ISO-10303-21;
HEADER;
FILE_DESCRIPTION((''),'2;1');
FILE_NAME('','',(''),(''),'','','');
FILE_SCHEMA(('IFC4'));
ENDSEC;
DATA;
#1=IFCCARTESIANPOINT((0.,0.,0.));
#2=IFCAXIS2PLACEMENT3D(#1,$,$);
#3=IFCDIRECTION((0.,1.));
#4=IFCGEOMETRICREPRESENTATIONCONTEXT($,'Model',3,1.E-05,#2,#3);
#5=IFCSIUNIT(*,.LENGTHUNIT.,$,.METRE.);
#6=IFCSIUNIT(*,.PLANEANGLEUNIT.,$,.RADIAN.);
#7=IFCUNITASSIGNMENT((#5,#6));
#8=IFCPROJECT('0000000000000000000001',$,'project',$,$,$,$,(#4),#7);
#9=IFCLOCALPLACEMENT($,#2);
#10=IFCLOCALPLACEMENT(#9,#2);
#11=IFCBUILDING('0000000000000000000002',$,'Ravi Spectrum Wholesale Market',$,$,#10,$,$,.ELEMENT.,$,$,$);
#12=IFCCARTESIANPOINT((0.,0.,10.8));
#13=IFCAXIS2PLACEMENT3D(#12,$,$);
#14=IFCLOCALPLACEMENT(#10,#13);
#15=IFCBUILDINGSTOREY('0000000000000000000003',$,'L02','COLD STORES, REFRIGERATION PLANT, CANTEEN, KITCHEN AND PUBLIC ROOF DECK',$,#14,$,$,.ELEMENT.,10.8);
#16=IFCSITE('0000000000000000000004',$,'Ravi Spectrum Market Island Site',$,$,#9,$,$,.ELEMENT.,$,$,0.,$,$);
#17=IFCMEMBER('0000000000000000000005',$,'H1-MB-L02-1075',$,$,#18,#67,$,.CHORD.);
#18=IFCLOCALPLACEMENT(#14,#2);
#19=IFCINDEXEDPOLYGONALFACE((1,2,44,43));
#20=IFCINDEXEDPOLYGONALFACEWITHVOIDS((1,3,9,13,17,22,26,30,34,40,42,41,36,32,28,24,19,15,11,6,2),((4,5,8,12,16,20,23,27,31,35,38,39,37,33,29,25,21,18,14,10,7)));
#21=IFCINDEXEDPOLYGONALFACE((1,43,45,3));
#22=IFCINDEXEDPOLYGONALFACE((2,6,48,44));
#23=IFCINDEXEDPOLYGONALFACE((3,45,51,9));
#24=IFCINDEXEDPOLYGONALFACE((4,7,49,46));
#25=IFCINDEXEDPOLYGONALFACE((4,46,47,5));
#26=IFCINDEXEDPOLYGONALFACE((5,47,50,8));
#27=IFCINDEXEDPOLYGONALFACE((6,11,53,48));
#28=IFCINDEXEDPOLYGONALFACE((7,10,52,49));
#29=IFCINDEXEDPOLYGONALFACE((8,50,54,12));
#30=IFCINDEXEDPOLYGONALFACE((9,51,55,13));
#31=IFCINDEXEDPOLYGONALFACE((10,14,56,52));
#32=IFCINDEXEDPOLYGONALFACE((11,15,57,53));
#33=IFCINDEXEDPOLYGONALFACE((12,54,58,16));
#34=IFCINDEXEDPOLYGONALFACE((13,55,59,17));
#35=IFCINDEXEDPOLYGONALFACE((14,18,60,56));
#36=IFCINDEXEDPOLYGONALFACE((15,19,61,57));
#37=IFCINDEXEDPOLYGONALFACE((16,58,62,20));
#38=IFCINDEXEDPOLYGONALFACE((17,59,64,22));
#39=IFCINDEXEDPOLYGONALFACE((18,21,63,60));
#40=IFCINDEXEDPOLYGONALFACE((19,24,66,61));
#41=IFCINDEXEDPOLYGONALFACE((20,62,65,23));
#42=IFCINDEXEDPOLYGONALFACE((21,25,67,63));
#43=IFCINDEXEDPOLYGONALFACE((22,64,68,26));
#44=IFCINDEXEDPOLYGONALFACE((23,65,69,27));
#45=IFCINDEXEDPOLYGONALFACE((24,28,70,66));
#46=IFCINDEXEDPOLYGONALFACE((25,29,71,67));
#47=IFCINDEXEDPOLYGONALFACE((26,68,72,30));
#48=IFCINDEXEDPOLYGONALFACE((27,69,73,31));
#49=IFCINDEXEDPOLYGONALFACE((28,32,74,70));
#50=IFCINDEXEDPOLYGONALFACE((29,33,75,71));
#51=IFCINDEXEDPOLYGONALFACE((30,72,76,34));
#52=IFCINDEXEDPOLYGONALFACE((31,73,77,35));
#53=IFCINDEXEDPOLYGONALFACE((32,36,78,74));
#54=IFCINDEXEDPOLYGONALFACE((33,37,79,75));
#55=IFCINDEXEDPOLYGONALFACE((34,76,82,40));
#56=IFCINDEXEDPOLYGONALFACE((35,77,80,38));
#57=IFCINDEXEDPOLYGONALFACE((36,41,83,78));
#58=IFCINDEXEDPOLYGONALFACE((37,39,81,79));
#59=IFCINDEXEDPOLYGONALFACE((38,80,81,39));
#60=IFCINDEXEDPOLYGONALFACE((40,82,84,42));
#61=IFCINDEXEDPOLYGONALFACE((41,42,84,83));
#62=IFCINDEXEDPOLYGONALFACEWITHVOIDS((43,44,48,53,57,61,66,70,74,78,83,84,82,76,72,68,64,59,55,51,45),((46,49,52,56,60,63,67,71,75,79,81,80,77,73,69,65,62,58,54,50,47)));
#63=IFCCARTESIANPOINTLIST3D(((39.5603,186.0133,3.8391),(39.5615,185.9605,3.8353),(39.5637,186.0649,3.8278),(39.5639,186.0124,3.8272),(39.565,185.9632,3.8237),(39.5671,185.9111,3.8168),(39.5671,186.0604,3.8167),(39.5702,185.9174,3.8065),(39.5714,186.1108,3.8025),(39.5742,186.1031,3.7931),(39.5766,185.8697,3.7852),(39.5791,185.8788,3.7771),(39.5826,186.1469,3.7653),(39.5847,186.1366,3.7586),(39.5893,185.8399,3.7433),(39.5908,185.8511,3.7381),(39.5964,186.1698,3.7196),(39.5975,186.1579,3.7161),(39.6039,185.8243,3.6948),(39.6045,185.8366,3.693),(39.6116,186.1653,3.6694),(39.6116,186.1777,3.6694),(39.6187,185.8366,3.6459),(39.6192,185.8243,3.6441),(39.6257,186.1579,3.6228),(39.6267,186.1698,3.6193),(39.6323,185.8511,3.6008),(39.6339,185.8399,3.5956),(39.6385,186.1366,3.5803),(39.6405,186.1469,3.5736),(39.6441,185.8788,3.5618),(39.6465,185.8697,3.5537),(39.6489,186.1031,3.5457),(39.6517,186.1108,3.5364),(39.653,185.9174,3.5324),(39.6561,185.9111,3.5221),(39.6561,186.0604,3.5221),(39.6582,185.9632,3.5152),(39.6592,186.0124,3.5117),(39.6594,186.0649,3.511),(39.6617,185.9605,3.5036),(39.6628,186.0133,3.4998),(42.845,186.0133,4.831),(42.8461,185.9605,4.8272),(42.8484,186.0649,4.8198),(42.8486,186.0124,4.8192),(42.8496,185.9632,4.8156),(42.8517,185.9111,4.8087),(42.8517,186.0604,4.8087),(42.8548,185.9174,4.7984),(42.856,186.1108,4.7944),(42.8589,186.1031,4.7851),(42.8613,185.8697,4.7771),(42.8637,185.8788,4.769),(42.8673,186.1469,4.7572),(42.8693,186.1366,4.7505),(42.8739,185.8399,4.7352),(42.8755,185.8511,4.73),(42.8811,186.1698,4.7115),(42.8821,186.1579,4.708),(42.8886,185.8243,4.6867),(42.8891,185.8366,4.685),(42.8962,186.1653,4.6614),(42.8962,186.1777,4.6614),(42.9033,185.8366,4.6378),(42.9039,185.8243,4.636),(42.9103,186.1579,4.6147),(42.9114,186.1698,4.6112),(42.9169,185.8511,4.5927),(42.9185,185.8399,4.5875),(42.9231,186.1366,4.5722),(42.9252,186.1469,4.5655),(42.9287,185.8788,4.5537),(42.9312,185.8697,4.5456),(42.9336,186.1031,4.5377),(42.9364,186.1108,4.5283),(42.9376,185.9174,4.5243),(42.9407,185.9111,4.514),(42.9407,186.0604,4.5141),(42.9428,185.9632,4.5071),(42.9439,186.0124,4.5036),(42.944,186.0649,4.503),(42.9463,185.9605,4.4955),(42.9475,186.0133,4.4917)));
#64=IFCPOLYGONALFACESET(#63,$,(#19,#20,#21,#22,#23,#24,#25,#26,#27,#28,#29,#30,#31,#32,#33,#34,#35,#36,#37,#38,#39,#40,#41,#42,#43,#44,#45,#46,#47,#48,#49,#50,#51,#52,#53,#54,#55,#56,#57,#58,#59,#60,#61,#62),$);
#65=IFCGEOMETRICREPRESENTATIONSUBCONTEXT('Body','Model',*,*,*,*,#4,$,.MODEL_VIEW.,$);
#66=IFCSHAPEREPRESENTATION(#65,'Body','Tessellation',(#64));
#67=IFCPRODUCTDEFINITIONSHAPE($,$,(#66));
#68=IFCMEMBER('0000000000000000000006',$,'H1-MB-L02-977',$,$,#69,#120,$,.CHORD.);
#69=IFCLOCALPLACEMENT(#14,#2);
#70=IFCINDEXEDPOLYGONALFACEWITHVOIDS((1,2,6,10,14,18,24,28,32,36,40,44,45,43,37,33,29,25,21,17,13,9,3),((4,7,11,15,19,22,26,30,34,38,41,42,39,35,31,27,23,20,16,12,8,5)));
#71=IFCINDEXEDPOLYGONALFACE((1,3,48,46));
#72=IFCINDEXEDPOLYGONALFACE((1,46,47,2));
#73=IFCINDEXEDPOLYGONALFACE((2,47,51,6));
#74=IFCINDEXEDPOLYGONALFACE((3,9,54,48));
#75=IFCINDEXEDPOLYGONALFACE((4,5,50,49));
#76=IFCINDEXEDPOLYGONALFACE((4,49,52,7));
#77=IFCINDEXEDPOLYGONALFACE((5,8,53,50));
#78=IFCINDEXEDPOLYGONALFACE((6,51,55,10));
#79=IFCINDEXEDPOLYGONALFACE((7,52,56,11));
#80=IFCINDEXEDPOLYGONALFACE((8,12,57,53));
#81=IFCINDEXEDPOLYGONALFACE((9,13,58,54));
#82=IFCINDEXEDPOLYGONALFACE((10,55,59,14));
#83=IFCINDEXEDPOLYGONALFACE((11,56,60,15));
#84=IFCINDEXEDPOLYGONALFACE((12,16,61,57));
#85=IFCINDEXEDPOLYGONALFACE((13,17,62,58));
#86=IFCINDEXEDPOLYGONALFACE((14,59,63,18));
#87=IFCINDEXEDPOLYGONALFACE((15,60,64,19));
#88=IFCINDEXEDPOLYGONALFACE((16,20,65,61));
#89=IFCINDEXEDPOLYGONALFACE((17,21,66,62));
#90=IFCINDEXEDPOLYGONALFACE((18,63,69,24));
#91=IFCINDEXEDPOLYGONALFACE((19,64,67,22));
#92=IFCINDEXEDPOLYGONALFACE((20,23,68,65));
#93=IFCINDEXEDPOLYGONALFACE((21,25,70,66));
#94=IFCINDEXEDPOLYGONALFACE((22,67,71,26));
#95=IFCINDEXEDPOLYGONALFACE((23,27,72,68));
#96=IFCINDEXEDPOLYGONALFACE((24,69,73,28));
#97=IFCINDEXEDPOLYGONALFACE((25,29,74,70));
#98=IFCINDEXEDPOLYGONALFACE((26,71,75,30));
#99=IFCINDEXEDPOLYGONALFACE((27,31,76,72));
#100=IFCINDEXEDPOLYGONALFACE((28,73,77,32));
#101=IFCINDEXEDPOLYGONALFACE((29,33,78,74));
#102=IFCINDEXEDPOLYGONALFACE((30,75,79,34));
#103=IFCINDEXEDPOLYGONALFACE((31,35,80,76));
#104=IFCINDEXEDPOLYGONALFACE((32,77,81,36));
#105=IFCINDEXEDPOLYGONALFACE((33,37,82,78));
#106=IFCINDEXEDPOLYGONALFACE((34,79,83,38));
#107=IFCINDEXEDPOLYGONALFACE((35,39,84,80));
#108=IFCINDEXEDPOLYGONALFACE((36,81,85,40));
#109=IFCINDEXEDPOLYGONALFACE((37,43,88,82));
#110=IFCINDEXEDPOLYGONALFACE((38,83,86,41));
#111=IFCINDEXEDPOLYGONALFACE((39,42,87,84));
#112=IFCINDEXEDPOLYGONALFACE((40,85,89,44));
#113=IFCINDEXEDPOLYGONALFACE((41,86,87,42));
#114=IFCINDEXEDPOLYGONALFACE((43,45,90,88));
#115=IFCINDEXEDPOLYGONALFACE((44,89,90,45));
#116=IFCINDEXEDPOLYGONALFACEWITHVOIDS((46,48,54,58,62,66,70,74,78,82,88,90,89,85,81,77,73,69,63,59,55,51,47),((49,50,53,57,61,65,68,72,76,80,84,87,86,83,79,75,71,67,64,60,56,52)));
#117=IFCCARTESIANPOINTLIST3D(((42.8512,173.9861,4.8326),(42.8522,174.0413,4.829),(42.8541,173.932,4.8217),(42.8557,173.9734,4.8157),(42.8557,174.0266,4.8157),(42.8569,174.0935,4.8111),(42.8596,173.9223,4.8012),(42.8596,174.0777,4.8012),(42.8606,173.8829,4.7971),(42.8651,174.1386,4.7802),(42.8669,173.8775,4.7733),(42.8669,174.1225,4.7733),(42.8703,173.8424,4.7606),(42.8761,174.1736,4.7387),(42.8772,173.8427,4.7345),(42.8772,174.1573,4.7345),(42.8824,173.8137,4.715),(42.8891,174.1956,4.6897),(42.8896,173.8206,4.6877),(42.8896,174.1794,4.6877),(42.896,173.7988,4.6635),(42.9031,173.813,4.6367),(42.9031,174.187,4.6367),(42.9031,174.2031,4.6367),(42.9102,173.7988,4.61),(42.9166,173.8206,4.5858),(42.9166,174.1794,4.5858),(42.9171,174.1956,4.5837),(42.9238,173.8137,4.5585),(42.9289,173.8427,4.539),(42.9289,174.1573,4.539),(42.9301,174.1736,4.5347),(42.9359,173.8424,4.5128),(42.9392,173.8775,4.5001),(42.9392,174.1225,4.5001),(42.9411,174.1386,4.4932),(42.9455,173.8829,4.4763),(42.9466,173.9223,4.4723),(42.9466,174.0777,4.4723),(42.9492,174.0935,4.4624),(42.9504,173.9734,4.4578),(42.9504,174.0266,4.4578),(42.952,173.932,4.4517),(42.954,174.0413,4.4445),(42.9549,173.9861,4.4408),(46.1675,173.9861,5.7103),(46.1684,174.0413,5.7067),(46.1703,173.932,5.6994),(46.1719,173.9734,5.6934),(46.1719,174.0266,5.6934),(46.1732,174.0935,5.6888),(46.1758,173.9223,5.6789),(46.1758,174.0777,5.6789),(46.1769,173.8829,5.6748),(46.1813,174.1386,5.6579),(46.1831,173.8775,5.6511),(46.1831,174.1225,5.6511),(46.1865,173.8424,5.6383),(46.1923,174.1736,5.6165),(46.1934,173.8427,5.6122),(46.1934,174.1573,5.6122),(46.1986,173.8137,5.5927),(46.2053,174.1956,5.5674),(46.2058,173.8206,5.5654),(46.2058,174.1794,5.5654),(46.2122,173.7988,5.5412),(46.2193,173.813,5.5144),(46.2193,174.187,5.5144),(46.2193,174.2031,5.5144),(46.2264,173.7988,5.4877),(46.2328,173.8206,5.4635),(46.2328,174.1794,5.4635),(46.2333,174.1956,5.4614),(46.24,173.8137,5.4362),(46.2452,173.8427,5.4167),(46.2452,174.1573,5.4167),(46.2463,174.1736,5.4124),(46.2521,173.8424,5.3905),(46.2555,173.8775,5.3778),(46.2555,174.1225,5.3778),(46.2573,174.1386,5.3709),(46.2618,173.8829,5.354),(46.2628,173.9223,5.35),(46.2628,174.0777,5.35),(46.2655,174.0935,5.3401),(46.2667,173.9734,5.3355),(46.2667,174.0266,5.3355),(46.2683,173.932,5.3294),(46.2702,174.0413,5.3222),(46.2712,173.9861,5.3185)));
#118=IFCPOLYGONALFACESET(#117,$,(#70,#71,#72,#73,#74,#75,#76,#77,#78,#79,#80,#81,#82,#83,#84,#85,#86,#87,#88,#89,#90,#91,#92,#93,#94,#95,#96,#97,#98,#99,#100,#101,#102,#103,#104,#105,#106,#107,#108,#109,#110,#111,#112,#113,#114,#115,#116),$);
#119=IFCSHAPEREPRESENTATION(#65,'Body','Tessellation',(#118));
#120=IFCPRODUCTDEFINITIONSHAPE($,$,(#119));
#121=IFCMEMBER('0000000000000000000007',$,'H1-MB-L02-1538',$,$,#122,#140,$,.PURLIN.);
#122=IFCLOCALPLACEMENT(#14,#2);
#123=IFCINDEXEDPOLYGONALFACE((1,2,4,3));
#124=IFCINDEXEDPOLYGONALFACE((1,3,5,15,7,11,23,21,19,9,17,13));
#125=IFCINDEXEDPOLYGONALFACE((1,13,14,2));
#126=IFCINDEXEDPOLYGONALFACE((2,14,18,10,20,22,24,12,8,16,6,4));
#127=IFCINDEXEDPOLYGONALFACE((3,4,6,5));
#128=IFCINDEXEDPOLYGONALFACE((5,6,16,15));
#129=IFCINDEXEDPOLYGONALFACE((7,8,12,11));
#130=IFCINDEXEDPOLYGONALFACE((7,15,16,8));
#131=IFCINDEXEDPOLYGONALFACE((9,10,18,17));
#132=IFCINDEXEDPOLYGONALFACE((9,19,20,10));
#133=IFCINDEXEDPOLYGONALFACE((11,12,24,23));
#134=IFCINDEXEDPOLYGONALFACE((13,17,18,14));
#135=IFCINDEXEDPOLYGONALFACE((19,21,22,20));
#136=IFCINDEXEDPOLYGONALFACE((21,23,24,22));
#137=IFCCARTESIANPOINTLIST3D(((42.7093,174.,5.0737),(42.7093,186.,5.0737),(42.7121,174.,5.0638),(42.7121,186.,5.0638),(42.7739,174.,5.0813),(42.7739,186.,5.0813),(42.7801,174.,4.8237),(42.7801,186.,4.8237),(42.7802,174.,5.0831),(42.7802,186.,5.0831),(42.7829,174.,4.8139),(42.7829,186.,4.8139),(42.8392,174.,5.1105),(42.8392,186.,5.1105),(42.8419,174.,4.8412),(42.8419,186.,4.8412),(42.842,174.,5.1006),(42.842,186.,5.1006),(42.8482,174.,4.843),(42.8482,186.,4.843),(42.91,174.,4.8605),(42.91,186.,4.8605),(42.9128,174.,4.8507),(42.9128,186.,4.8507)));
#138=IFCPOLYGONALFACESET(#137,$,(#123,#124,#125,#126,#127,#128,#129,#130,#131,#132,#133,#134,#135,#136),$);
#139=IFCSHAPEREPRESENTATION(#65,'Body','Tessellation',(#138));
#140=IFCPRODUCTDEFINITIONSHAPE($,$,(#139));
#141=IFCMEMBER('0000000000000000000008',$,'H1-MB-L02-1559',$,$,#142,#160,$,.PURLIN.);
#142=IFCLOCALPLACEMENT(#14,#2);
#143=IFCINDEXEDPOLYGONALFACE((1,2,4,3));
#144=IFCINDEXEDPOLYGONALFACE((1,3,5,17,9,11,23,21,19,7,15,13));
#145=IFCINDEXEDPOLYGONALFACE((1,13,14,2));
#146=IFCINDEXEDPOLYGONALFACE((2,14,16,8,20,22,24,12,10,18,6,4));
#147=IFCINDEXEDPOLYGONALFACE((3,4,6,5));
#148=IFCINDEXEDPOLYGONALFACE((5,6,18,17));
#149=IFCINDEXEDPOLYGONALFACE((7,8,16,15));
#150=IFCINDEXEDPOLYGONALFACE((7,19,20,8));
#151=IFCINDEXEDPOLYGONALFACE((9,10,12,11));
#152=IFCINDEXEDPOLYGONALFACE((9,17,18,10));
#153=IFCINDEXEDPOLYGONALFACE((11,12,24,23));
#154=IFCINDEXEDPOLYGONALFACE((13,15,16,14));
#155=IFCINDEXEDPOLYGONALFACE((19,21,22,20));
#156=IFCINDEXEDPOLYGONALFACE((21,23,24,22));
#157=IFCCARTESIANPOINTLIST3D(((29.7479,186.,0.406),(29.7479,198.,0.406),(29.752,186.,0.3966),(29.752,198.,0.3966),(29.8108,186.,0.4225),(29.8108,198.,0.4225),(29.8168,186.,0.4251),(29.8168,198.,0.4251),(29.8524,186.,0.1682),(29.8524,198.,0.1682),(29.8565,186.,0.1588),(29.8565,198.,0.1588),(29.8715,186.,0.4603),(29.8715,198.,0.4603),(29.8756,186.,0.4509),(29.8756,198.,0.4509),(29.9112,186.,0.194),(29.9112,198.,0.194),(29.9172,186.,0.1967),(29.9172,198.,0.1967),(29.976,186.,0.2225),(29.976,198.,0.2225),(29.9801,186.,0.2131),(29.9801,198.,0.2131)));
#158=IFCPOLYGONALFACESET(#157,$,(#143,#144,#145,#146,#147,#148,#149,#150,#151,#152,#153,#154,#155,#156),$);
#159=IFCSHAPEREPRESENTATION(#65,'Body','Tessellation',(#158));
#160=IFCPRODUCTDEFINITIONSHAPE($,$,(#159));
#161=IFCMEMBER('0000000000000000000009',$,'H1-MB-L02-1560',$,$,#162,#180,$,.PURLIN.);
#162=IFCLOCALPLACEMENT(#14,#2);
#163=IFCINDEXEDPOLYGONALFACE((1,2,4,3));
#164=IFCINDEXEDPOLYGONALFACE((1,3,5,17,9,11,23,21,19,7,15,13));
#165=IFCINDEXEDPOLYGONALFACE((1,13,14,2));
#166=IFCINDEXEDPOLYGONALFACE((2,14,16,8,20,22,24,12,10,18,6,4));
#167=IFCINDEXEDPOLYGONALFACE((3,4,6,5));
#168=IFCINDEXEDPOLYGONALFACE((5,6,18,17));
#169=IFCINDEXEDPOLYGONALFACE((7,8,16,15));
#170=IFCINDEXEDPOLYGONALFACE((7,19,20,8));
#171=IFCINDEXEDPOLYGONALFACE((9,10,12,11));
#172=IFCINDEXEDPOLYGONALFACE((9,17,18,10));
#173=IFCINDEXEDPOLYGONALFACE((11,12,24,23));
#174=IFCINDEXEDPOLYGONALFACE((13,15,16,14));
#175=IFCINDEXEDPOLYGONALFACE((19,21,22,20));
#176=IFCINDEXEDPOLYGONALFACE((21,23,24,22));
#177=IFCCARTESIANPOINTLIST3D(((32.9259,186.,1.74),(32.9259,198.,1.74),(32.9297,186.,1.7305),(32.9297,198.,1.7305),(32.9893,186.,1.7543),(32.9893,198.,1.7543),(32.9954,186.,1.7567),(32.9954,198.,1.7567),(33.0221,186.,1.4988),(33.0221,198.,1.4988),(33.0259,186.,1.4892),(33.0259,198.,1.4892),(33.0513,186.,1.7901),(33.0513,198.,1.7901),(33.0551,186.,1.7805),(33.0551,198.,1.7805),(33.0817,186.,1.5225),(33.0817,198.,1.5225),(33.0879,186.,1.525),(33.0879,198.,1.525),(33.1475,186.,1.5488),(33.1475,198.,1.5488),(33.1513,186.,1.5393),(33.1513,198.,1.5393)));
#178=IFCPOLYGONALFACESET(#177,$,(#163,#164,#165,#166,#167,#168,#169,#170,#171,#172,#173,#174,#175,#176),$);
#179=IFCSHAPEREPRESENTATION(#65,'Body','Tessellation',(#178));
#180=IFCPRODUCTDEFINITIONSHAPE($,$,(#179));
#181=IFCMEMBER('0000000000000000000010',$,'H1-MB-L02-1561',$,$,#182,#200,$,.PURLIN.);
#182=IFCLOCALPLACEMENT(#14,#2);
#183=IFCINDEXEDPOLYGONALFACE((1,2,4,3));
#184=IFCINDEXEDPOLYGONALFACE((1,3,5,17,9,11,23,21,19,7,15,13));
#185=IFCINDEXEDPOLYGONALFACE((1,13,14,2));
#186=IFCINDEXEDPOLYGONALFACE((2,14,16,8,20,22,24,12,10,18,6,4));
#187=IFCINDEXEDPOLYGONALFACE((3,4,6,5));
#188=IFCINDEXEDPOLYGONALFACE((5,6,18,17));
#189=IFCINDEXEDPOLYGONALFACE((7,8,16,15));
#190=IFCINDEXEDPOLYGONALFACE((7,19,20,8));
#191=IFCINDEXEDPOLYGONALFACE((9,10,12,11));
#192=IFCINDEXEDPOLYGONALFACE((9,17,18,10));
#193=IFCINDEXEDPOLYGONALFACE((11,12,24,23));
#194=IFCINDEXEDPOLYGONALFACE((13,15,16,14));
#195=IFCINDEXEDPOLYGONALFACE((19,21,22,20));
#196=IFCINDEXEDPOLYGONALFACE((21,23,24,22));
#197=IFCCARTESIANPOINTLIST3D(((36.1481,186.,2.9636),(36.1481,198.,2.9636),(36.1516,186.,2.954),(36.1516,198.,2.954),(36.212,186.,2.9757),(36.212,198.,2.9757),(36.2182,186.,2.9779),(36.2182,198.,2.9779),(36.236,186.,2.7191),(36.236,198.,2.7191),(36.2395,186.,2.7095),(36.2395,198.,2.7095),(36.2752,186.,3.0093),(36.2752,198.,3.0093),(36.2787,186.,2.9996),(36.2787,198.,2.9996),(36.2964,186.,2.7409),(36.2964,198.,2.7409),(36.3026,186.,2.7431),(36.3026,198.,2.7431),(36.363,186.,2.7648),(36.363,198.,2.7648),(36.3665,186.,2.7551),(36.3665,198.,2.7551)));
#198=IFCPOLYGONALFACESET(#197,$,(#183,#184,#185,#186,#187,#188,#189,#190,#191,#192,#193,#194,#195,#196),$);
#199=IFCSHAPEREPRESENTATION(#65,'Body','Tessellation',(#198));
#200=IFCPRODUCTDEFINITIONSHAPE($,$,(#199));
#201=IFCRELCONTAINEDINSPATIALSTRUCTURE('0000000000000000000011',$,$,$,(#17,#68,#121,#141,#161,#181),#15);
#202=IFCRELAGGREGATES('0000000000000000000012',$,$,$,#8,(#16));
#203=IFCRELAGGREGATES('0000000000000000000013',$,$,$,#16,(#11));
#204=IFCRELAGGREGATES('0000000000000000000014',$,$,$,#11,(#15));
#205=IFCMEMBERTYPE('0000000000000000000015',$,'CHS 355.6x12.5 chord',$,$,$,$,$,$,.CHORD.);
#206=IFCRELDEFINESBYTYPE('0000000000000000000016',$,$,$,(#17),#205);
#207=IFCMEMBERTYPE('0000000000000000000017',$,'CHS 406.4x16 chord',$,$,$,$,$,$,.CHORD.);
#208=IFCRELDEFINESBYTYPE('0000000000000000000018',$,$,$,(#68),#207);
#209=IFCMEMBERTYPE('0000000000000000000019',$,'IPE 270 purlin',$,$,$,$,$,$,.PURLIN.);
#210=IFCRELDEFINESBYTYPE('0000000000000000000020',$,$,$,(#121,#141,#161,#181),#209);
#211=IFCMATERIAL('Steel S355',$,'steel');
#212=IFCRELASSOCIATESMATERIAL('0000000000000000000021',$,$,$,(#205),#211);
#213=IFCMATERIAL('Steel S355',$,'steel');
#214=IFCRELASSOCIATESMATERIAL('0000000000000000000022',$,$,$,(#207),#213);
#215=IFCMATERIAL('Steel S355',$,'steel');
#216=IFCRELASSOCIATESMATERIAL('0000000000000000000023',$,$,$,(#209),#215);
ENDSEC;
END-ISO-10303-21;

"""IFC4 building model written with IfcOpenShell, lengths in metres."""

from ifc_helpers import new_model, si_unit, direction, frame, origin, origin_2d, place, context, subcontext, project, spatial, hollow_circle, i_section, extrude, material, material_profile, profile_set, type_object, element, save


model = new_model("IFC4")

# Units and contexts
model_context = context("Model", 3, precision=1e-05, world=origin(), true_north=direction((0.0, 1.0)))
body_context = subcontext(model_context, "Body", "Model", "MODEL_VIEW")
ifc_project = project(units=[si_unit("LENGTHUNIT", "METRE"), si_unit("PLANEANGLEUNIT", "RADIAN")], contexts=[model_context])

# Site, building, storey
site_placement = place(None, origin())
site = spatial("IfcSite", under=ifc_project, at=site_placement, Name="Ravi Spectrum Market Island Site", CompositionType="ELEMENT", RefElevation=0.0)
building_placement = place(site_placement, origin())
building = spatial("IfcBuilding", under=site, at=building_placement, Name="Ravi Spectrum Wholesale Market", CompositionType="ELEMENT")
storey_placement = place(building_placement, frame((0.0, 0.0, 10.8)))
storey = spatial("IfcBuildingStorey", under=building, at=storey_placement, Name="L02", Description="COLD STORES, REFRIGERATION PLANT, CANTEEN, KITCHEN AND PUBLIC ROOF DECK", CompositionType="ELEMENT", Elevation=10.8)

# Members
ifc_material_1 = material(Name="Steel S355", Category="steel")
ifc_material_profile_1 = material_profile(ifc_material_1, hollow_circle(Radius=0.1777, WallThickness=0.0125, at=origin_2d()))
ifc_profile_set_1 = profile_set([ifc_material_profile_1], Name="Steel S355")
member_type_1 = type_object("IfcMemberType", Name="CHS 355.6x12.5 chord", PredefinedType="CHORD", material=ifc_profile_set_1)
for number, where, z_axis, x_axis, name in (
    (1, (39.6116, 186.0, 3.6694), (0.9573, 0.0, 0.289097), (0.0, 1.0, 0.0), "H1-MB-L02-1075"),
):
    element("IfcMember", number, at=place(storey_placement, frame(where, z_axis=z_axis, x_axis=x_axis)), inside=storey, type_object=member_type_1, Name=name, PredefinedType="CHORD", context=body_context, shape_type="SweptSolid", body=[
        extrude(hollow_circle(Radius=0.1777, WallThickness=0.0125, at=origin_2d()), origin(), (0.0, 0.0, 1.0), 3.4312),
    ])
ifc_material_2 = material(Name="Steel S355", Category="steel")
ifc_material_profile_2 = material_profile(ifc_material_2, hollow_circle(Radius=0.2031, WallThickness=0.0161, at=origin_2d()))
ifc_profile_set_2 = profile_set([ifc_material_profile_2], Name="Steel S355")
member_type_2 = type_object("IfcMemberType", Name="CHS 406.4x16 chord", PredefinedType="CHORD", material=ifc_profile_set_2)
member_1_placement = place(storey_placement, frame((42.9031, 174.0, 4.6367), z_axis=(0.966714, 0.0, 0.255859), x_axis=(0.0, 1.0, 0.0)))
element("IfcMember", 2, at=member_1_placement, inside=storey, type_object=member_type_2, Name="H1-MB-L02-977", PredefinedType="CHORD", context=body_context, shape_type="SweptSolid", body=[
    extrude(hollow_circle(Radius=0.2031, WallThickness=0.0161, at=origin_2d()), origin(), (0.0, 0.0, 1.0), 3.4304),
])
ifc_material_3 = material(Name="Steel S355", Category="steel")
ifc_material_profile_3 = material_profile(ifc_material_3, i_section(OverallWidth=0.135, OverallDepth=0.27, WebThickness=0.0066, FlangeThickness=0.0103, at=origin_2d()))
ifc_profile_set_3 = profile_set([ifc_material_profile_3], Name="Steel S355")
member_type_3 = type_object("IfcMemberType", Name="IPE 270 purlin", PredefinedType="PURLIN", material=ifc_profile_set_3)
for number, where, z_axis, x_axis, name in (
    (3, (42.811, 174.0, 4.9622), (0.0, 1.0, 0.0), (-0.962156, 0.0, -0.272499), "H1-MB-L02-1538"),
    (4, (29.864, 186.0, 0.3096), (0.0, 1.0, 0.0), (-0.915525, 0.0, -0.40226), "H1-MB-L02-1559"),
    (5, (33.0386, 186.0, 1.6396), (0.0, 1.0, 0.0), (-0.928855, 0.0, -0.370443), "H1-MB-L02-1560"),
    (6, (36.2573, 186.0, 2.8594), (0.0, 1.0, 0.0), (-0.94108, 0.0, -0.338184), "H1-MB-L02-1561"),
):
    element("IfcMember", number, at=place(storey_placement, frame(where, z_axis=z_axis, x_axis=x_axis)), inside=storey, type_object=member_type_3, Name=name, PredefinedType="PURLIN", context=body_context, shape_type="SweptSolid", body=[
        extrude(i_section(OverallWidth=0.135, OverallDepth=0.27, WebThickness=0.0066, FlangeThickness=0.0103, at=origin_2d()), origin(), (0.0, 0.0, 1.0), 12.0),
    ])

save(model, "model.ifc")
